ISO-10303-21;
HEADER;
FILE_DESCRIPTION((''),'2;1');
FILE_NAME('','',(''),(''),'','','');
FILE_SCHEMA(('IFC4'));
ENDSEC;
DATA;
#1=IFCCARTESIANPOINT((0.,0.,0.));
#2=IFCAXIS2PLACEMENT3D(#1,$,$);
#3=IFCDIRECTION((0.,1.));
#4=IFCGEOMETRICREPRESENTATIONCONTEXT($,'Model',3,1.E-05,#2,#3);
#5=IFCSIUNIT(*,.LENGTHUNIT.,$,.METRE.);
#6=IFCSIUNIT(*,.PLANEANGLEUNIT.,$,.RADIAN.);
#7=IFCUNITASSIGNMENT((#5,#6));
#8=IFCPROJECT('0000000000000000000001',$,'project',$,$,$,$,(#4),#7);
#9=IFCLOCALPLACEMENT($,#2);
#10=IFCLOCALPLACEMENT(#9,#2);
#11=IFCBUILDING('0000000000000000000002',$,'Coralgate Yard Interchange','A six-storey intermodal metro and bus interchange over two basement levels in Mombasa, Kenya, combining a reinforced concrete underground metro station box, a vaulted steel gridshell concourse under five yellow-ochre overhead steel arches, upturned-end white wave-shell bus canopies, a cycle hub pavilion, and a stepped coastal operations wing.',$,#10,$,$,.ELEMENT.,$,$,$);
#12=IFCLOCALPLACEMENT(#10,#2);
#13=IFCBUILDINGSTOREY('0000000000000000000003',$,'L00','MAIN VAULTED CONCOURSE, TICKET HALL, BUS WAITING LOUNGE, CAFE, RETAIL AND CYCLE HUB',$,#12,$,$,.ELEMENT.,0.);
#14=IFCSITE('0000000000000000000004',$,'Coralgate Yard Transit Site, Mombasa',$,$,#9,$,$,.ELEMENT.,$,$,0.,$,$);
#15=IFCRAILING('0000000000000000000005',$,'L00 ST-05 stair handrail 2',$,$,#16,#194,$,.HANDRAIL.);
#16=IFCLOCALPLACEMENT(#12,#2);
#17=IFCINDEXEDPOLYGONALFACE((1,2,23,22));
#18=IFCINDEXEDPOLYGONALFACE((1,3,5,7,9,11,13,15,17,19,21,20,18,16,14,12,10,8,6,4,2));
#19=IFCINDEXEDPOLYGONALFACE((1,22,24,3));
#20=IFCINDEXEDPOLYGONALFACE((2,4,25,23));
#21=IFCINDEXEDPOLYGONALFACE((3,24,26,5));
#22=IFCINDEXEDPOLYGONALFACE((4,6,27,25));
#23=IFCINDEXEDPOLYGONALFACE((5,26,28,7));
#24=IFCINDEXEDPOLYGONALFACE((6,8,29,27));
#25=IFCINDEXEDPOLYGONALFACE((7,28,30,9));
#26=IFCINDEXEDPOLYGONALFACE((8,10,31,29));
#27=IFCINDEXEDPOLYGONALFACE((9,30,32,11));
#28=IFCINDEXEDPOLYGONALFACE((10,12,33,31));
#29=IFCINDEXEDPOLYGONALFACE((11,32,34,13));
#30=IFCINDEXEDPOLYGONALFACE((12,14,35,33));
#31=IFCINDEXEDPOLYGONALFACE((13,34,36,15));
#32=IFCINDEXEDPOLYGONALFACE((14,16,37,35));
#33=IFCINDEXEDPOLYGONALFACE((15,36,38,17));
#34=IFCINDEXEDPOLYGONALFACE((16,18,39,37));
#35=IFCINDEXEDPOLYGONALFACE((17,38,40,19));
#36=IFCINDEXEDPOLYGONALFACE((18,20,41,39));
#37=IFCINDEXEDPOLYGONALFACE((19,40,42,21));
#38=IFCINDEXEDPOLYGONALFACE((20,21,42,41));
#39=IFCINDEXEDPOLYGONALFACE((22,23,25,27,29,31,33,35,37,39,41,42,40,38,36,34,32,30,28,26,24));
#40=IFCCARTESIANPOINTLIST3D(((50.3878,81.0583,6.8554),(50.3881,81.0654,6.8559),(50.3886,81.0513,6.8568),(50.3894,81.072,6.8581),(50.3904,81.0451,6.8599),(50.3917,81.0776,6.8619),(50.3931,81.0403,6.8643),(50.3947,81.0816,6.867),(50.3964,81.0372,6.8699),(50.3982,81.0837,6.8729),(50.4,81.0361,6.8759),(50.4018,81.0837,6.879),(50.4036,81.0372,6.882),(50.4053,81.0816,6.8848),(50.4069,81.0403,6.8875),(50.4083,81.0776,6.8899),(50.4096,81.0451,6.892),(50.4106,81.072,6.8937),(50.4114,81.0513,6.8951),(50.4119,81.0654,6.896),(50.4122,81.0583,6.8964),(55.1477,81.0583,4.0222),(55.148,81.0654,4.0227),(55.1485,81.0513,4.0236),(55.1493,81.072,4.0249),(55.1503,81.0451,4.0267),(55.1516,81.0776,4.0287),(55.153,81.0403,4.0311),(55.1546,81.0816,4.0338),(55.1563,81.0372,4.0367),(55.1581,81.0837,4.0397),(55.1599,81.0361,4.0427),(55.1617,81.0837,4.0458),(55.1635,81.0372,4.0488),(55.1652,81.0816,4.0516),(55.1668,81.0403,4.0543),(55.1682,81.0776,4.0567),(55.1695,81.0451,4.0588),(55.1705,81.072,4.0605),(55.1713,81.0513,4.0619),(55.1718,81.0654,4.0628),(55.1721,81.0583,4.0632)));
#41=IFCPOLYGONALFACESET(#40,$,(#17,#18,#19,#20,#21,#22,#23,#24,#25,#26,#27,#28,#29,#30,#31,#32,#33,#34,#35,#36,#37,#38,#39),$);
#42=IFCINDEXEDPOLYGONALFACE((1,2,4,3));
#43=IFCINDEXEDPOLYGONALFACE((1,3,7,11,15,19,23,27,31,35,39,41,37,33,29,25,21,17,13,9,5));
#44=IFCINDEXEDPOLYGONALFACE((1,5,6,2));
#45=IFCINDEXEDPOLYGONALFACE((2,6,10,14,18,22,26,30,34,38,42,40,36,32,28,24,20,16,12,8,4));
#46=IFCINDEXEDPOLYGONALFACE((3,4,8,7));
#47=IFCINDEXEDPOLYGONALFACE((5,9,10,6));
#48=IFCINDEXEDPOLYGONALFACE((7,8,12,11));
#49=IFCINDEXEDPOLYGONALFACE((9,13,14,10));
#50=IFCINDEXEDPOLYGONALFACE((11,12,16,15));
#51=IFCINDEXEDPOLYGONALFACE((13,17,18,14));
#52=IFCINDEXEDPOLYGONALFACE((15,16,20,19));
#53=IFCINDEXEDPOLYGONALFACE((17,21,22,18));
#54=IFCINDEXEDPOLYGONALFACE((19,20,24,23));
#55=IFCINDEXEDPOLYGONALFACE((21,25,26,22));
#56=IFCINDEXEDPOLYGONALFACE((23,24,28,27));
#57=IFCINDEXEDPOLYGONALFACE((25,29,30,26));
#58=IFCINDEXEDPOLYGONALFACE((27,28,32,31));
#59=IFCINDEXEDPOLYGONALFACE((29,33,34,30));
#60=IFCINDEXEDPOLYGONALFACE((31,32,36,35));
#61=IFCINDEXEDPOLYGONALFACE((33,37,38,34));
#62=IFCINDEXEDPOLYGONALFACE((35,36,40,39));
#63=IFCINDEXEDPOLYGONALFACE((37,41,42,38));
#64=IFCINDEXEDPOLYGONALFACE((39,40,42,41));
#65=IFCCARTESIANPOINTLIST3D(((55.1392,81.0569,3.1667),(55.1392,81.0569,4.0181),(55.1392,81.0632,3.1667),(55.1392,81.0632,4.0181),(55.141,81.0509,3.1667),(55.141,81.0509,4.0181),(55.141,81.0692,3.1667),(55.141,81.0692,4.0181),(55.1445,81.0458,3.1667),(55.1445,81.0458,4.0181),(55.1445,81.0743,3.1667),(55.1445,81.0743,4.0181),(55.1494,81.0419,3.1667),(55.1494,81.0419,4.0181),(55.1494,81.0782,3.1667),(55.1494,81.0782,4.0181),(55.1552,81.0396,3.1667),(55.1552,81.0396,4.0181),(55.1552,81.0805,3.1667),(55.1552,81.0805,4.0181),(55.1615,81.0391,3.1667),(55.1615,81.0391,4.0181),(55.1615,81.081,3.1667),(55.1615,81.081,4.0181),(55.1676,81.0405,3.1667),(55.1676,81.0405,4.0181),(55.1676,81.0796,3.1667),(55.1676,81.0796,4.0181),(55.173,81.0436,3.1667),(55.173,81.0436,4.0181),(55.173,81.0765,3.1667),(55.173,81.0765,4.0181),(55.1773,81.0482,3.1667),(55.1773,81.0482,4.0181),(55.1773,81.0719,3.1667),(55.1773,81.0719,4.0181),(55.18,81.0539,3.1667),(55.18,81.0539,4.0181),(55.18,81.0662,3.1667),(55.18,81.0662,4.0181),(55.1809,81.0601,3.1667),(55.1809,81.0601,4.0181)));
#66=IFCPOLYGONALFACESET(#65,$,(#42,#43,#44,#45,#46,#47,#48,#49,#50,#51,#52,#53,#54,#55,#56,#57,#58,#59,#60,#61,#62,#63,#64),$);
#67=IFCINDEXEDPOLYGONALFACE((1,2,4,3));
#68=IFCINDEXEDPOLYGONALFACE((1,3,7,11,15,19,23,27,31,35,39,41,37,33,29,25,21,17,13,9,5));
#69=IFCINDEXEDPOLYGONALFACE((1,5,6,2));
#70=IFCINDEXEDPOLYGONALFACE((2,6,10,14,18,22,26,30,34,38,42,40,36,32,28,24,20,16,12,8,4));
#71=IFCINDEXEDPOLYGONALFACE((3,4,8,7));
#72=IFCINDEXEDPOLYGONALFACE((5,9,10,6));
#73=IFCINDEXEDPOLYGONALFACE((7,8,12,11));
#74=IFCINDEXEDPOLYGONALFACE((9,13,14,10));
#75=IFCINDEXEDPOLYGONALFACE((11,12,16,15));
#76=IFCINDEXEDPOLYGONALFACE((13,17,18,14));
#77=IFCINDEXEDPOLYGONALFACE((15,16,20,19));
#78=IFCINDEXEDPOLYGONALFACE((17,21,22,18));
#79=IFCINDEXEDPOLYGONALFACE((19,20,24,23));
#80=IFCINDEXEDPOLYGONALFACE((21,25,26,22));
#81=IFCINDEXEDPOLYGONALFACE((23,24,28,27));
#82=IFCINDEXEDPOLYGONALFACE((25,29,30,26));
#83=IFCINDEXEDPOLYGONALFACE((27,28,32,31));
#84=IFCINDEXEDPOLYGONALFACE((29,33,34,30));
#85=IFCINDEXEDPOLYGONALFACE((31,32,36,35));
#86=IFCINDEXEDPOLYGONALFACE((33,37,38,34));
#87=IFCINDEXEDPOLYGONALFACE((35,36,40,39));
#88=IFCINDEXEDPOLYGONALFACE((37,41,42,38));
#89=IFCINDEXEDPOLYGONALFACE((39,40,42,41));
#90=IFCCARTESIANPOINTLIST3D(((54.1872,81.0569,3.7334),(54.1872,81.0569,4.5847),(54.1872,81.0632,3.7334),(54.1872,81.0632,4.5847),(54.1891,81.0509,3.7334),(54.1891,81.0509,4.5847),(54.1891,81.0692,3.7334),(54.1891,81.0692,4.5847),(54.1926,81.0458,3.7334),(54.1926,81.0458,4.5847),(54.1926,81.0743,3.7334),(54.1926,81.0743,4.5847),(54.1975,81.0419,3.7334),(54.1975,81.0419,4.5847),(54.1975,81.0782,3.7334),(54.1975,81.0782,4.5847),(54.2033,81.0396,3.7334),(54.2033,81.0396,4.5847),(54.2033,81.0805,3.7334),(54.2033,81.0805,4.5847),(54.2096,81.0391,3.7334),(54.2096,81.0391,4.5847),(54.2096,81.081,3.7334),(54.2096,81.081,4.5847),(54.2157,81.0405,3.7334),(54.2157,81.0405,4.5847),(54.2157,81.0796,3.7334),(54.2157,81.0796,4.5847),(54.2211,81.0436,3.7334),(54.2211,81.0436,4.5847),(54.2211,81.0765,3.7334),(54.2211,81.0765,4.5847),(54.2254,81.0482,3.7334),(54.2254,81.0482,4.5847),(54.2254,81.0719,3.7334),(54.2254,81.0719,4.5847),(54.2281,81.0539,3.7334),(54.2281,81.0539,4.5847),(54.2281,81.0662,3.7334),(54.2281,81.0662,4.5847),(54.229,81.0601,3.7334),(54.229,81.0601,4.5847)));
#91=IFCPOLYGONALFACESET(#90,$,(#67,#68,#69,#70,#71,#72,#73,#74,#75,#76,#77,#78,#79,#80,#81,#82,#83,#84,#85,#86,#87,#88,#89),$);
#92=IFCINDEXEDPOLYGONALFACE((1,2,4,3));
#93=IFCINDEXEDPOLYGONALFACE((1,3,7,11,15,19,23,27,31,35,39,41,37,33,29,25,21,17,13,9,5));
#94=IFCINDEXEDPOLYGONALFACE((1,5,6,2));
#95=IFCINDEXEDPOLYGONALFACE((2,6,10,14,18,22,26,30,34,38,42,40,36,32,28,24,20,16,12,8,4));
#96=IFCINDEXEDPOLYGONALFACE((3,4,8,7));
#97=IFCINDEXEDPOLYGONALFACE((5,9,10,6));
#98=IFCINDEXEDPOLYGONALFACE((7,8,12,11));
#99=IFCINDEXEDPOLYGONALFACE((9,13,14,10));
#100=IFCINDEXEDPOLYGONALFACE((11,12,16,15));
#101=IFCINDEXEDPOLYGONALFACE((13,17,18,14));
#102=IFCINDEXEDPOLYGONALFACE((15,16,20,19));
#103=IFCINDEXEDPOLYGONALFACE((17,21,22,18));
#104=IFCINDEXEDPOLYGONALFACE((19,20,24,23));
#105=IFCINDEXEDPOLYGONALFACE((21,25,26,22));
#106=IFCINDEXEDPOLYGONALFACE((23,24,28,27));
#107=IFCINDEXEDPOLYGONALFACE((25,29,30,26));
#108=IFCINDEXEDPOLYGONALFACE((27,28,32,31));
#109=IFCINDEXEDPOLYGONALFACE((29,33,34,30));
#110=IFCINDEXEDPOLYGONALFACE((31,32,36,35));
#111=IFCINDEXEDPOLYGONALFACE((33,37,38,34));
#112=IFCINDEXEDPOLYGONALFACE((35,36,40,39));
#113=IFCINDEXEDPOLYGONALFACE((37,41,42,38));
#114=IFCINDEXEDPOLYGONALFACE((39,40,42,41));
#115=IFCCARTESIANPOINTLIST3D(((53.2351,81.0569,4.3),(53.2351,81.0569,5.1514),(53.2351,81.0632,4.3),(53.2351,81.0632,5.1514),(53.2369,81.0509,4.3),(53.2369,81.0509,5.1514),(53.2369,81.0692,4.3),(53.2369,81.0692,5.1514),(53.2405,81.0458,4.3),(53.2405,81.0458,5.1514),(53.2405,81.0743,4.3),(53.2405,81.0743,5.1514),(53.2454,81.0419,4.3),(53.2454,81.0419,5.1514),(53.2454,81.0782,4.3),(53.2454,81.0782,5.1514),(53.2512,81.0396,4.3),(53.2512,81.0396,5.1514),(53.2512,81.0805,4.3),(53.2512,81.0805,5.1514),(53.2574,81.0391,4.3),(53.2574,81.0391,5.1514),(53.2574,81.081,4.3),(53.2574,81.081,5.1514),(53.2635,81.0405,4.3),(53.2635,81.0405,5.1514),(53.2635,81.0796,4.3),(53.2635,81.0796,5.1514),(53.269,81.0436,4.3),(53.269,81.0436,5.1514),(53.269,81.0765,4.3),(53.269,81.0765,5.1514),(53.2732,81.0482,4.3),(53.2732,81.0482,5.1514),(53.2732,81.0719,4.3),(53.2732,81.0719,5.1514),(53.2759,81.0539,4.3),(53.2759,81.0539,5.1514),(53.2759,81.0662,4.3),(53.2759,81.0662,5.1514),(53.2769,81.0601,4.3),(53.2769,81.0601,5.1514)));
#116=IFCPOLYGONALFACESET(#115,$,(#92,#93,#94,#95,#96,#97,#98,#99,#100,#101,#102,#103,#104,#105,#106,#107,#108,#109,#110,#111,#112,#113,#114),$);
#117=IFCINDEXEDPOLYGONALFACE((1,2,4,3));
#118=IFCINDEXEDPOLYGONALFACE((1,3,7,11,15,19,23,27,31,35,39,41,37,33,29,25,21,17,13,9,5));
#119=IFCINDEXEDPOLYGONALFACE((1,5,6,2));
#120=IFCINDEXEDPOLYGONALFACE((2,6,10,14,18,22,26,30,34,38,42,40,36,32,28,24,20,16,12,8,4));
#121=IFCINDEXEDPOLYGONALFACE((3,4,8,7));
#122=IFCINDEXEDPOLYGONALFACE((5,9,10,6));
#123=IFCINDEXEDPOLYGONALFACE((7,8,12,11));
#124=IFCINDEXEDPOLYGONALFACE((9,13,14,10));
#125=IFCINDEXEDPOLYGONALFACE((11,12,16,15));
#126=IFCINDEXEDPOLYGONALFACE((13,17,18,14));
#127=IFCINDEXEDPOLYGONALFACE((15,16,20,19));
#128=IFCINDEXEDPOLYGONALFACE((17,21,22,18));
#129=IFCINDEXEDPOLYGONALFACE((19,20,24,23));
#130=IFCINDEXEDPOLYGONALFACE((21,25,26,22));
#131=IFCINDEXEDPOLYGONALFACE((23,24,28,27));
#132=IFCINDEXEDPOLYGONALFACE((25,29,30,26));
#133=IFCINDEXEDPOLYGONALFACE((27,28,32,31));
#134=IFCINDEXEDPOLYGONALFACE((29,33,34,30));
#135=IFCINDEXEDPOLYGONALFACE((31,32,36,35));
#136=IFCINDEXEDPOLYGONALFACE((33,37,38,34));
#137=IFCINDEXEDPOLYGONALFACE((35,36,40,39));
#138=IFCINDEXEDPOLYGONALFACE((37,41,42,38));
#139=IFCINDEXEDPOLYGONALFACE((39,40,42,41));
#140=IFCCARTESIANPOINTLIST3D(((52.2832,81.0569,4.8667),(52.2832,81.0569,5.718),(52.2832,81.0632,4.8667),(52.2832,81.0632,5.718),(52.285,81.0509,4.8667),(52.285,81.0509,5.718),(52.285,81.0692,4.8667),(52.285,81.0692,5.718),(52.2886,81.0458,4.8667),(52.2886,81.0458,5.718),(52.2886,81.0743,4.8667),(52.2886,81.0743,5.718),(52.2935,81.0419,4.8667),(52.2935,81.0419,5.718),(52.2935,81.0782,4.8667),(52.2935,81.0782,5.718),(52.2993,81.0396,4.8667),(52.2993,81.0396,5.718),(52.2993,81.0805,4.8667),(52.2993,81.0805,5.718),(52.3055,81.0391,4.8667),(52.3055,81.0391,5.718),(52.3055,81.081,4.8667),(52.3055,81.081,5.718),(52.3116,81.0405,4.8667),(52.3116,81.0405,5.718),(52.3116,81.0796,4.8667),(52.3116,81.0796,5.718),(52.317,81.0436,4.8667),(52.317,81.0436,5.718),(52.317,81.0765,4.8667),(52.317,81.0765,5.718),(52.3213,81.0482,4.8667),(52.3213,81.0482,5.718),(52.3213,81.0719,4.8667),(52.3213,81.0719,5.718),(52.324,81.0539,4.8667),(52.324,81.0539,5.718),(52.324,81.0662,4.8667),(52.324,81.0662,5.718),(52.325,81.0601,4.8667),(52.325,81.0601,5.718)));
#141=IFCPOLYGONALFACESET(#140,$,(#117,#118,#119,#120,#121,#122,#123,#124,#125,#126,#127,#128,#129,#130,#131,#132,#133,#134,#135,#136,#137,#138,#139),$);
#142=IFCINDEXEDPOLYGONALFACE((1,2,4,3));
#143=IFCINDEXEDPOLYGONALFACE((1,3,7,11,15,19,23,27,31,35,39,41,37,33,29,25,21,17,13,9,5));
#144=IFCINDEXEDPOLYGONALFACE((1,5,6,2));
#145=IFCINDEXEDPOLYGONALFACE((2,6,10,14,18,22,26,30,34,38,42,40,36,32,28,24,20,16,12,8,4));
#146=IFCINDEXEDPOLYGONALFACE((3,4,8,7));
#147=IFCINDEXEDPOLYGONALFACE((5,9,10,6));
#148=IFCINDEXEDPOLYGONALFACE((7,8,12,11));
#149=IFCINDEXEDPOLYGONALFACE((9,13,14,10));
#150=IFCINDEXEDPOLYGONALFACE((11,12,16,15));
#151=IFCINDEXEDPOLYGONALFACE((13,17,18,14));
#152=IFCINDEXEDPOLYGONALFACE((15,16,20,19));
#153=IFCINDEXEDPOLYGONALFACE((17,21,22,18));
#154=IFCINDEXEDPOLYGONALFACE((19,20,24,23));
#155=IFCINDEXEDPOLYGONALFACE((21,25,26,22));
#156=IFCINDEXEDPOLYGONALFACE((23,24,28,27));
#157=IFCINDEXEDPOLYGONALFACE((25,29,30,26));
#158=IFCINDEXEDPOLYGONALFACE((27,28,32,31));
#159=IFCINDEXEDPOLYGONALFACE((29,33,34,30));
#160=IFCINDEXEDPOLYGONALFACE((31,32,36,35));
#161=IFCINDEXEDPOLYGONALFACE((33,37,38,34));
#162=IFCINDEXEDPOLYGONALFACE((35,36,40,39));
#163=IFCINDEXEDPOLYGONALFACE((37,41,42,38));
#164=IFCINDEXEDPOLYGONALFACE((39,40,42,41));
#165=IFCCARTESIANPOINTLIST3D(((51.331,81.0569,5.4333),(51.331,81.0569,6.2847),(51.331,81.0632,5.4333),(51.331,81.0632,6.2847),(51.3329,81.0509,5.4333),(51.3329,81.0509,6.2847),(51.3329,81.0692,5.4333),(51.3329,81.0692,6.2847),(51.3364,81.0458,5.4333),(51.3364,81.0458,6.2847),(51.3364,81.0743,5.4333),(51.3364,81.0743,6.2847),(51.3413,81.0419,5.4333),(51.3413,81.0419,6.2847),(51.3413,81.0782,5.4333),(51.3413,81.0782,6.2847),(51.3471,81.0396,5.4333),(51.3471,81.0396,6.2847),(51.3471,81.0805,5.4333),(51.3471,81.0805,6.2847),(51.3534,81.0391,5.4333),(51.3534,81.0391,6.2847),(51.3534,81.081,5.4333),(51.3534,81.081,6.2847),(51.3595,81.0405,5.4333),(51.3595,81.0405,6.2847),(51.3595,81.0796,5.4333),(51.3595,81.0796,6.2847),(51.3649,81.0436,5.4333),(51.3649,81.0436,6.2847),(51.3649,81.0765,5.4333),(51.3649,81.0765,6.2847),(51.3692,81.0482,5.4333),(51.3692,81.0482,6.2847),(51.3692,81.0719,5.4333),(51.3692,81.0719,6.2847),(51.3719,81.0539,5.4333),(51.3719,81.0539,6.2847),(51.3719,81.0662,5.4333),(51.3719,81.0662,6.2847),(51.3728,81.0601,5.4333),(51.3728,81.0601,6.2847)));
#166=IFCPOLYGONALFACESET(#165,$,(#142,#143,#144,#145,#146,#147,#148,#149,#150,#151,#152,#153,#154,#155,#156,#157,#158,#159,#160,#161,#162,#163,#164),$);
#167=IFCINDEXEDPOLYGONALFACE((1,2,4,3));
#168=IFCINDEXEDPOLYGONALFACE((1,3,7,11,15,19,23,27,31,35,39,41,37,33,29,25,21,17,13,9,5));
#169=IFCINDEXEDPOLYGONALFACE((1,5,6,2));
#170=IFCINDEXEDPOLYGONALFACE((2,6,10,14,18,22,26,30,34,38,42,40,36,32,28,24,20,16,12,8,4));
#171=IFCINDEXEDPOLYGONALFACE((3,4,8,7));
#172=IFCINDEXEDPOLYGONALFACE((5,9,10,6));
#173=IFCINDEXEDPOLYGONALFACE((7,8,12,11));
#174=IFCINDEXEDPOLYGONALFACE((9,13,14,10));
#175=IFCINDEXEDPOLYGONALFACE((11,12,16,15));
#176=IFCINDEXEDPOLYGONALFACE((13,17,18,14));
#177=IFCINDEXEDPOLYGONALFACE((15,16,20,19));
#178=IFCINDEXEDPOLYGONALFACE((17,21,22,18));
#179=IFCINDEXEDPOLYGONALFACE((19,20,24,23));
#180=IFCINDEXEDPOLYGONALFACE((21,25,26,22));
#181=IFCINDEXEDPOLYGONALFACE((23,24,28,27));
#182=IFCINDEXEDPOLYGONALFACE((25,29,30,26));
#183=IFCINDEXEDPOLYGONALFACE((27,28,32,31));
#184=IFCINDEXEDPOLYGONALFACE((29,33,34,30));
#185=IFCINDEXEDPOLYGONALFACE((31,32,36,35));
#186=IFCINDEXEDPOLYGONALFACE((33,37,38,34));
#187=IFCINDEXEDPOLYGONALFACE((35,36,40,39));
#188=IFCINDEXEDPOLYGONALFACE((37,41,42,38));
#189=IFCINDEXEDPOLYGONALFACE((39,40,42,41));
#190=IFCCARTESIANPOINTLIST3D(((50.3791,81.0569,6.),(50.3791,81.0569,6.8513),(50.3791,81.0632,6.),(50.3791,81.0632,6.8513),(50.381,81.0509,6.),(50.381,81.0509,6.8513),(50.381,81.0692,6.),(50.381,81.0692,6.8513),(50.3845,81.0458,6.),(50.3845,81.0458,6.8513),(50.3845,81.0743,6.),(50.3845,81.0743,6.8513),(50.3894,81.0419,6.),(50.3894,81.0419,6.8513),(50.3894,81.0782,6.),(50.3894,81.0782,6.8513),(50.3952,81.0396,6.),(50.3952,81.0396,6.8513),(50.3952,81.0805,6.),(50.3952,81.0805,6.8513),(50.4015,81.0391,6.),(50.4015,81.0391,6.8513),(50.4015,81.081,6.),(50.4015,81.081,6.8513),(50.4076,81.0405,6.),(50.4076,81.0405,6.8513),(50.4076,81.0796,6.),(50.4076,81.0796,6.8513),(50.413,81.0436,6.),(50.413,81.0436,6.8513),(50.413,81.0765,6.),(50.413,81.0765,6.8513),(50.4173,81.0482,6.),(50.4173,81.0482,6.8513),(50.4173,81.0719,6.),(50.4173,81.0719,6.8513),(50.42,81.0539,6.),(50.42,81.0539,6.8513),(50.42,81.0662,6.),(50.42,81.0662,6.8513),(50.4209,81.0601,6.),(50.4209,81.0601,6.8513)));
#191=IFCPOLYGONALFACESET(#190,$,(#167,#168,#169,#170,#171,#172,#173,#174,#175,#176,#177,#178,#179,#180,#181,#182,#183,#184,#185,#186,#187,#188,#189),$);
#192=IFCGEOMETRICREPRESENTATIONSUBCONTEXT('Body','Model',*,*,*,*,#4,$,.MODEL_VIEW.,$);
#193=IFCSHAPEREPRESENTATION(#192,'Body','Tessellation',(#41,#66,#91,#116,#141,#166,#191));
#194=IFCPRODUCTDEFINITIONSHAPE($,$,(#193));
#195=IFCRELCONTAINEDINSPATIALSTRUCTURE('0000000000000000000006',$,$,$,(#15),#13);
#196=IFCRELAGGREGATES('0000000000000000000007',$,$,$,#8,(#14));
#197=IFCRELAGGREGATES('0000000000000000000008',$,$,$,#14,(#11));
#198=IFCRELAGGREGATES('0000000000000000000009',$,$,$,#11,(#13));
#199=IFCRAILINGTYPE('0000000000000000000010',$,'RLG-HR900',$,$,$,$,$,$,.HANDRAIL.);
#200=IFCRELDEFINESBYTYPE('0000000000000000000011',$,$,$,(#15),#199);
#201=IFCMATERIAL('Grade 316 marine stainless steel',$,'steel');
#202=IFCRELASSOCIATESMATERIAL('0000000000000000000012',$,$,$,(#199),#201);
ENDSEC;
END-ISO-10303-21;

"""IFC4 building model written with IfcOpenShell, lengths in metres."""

from ifc_helpers import new_model, si_unit, direction, frame, origin, origin_2d, place, context, subcontext, project, spatial, circle, extrude, material, type_object, element, save


model = new_model("IFC4")

# Units and contexts
model_context = context("Model", 3, precision=1e-05, world=origin(), true_north=direction((0.0, 1.0)))
body_context = subcontext(model_context, "Body", "Model", "MODEL_VIEW")
ifc_project = project(units=[si_unit("LENGTHUNIT", "METRE"), si_unit("PLANEANGLEUNIT", "RADIAN")], contexts=[model_context])

# Site, building, storey
site_placement = place(None, origin())
site = spatial("IfcSite", under=ifc_project, at=site_placement, Name="Coralgate Yard Transit Site, Mombasa", CompositionType="ELEMENT", RefElevation=0.0)
building_placement = place(site_placement, origin())
building = spatial("IfcBuilding", under=site, at=building_placement, Name="Coralgate Yard Interchange", Description="A six-storey intermodal metro and bus interchange over two basement levels in Mombasa, Kenya, combining a reinforced concrete underground metro station box, a vaulted steel gridshell concourse under five yellow-ochre overhead steel arches, upturned-end white wave-shell bus canopies, a cycle hub pavilion, and a stepped coastal operations wing.", CompositionType="ELEMENT")
storey_placement = place(building_placement, origin())
storey = spatial("IfcBuildingStorey", under=building, at=storey_placement, Name="L00", Description="MAIN VAULTED CONCOURSE, TICKET HALL, BUS WAITING LOUNGE, CAFE, RETAIL AND CYCLE HUB", CompositionType="ELEMENT", Elevation=0.0)

# Railing
ifc_material_1 = material(Name="Grade 316 marine stainless steel", Category="steel")
railing_type_1 = type_object("IfcRailingType", Name="RLG-HR900", PredefinedType="HANDRAIL", material=ifc_material_1)
railing_1_placement = place(storey_placement, frame((55.1599, 81.0601, 3.1667)))
element("IfcRailing", 1, at=railing_1_placement, inside=storey, type_object=railing_type_1, Name="L00 ST-05 stair handrail 2", PredefinedType="HANDRAIL", context=body_context, shape_type="SweptSolid", body=[
    extrude(circle(Radius=0.0239, at=origin_2d()), frame((0.0, 0.0, 0.876), z_axis=(-0.8593, 0.0, 0.511472), x_axis=(0.0, -1.0, 0.0)), (0.0, 0.0, 1.0), 5.5393),
    extrude(circle(Radius=0.021, at=origin_2d()), origin(), (0.0, 0.0, 1.0), 0.8513),
    extrude(circle(Radius=0.021, at=origin_2d()), frame((-0.9519, 0.0, 0.5667)), (0.0, 0.0, 1.0), 0.8513),
    extrude(circle(Radius=0.021, at=origin_2d()), frame((-1.9041, 0.0, 1.1333)), (0.0, 0.0, 1.0), 0.8513),
    extrude(circle(Radius=0.021, at=origin_2d()), frame((-2.856, 0.0, 1.7)), (0.0, 0.0, 1.0), 0.8513),
    extrude(circle(Radius=0.021, at=origin_2d()), frame((-3.8081, 0.0, 2.2666)), (0.0, 0.0, 1.0), 0.8513),
    extrude(circle(Radius=0.021, at=origin_2d()), frame((-4.76, 0.0, 2.8333)), (0.0, 0.0, 1.0), 0.8513),
])

save(model, "model.ifc")
